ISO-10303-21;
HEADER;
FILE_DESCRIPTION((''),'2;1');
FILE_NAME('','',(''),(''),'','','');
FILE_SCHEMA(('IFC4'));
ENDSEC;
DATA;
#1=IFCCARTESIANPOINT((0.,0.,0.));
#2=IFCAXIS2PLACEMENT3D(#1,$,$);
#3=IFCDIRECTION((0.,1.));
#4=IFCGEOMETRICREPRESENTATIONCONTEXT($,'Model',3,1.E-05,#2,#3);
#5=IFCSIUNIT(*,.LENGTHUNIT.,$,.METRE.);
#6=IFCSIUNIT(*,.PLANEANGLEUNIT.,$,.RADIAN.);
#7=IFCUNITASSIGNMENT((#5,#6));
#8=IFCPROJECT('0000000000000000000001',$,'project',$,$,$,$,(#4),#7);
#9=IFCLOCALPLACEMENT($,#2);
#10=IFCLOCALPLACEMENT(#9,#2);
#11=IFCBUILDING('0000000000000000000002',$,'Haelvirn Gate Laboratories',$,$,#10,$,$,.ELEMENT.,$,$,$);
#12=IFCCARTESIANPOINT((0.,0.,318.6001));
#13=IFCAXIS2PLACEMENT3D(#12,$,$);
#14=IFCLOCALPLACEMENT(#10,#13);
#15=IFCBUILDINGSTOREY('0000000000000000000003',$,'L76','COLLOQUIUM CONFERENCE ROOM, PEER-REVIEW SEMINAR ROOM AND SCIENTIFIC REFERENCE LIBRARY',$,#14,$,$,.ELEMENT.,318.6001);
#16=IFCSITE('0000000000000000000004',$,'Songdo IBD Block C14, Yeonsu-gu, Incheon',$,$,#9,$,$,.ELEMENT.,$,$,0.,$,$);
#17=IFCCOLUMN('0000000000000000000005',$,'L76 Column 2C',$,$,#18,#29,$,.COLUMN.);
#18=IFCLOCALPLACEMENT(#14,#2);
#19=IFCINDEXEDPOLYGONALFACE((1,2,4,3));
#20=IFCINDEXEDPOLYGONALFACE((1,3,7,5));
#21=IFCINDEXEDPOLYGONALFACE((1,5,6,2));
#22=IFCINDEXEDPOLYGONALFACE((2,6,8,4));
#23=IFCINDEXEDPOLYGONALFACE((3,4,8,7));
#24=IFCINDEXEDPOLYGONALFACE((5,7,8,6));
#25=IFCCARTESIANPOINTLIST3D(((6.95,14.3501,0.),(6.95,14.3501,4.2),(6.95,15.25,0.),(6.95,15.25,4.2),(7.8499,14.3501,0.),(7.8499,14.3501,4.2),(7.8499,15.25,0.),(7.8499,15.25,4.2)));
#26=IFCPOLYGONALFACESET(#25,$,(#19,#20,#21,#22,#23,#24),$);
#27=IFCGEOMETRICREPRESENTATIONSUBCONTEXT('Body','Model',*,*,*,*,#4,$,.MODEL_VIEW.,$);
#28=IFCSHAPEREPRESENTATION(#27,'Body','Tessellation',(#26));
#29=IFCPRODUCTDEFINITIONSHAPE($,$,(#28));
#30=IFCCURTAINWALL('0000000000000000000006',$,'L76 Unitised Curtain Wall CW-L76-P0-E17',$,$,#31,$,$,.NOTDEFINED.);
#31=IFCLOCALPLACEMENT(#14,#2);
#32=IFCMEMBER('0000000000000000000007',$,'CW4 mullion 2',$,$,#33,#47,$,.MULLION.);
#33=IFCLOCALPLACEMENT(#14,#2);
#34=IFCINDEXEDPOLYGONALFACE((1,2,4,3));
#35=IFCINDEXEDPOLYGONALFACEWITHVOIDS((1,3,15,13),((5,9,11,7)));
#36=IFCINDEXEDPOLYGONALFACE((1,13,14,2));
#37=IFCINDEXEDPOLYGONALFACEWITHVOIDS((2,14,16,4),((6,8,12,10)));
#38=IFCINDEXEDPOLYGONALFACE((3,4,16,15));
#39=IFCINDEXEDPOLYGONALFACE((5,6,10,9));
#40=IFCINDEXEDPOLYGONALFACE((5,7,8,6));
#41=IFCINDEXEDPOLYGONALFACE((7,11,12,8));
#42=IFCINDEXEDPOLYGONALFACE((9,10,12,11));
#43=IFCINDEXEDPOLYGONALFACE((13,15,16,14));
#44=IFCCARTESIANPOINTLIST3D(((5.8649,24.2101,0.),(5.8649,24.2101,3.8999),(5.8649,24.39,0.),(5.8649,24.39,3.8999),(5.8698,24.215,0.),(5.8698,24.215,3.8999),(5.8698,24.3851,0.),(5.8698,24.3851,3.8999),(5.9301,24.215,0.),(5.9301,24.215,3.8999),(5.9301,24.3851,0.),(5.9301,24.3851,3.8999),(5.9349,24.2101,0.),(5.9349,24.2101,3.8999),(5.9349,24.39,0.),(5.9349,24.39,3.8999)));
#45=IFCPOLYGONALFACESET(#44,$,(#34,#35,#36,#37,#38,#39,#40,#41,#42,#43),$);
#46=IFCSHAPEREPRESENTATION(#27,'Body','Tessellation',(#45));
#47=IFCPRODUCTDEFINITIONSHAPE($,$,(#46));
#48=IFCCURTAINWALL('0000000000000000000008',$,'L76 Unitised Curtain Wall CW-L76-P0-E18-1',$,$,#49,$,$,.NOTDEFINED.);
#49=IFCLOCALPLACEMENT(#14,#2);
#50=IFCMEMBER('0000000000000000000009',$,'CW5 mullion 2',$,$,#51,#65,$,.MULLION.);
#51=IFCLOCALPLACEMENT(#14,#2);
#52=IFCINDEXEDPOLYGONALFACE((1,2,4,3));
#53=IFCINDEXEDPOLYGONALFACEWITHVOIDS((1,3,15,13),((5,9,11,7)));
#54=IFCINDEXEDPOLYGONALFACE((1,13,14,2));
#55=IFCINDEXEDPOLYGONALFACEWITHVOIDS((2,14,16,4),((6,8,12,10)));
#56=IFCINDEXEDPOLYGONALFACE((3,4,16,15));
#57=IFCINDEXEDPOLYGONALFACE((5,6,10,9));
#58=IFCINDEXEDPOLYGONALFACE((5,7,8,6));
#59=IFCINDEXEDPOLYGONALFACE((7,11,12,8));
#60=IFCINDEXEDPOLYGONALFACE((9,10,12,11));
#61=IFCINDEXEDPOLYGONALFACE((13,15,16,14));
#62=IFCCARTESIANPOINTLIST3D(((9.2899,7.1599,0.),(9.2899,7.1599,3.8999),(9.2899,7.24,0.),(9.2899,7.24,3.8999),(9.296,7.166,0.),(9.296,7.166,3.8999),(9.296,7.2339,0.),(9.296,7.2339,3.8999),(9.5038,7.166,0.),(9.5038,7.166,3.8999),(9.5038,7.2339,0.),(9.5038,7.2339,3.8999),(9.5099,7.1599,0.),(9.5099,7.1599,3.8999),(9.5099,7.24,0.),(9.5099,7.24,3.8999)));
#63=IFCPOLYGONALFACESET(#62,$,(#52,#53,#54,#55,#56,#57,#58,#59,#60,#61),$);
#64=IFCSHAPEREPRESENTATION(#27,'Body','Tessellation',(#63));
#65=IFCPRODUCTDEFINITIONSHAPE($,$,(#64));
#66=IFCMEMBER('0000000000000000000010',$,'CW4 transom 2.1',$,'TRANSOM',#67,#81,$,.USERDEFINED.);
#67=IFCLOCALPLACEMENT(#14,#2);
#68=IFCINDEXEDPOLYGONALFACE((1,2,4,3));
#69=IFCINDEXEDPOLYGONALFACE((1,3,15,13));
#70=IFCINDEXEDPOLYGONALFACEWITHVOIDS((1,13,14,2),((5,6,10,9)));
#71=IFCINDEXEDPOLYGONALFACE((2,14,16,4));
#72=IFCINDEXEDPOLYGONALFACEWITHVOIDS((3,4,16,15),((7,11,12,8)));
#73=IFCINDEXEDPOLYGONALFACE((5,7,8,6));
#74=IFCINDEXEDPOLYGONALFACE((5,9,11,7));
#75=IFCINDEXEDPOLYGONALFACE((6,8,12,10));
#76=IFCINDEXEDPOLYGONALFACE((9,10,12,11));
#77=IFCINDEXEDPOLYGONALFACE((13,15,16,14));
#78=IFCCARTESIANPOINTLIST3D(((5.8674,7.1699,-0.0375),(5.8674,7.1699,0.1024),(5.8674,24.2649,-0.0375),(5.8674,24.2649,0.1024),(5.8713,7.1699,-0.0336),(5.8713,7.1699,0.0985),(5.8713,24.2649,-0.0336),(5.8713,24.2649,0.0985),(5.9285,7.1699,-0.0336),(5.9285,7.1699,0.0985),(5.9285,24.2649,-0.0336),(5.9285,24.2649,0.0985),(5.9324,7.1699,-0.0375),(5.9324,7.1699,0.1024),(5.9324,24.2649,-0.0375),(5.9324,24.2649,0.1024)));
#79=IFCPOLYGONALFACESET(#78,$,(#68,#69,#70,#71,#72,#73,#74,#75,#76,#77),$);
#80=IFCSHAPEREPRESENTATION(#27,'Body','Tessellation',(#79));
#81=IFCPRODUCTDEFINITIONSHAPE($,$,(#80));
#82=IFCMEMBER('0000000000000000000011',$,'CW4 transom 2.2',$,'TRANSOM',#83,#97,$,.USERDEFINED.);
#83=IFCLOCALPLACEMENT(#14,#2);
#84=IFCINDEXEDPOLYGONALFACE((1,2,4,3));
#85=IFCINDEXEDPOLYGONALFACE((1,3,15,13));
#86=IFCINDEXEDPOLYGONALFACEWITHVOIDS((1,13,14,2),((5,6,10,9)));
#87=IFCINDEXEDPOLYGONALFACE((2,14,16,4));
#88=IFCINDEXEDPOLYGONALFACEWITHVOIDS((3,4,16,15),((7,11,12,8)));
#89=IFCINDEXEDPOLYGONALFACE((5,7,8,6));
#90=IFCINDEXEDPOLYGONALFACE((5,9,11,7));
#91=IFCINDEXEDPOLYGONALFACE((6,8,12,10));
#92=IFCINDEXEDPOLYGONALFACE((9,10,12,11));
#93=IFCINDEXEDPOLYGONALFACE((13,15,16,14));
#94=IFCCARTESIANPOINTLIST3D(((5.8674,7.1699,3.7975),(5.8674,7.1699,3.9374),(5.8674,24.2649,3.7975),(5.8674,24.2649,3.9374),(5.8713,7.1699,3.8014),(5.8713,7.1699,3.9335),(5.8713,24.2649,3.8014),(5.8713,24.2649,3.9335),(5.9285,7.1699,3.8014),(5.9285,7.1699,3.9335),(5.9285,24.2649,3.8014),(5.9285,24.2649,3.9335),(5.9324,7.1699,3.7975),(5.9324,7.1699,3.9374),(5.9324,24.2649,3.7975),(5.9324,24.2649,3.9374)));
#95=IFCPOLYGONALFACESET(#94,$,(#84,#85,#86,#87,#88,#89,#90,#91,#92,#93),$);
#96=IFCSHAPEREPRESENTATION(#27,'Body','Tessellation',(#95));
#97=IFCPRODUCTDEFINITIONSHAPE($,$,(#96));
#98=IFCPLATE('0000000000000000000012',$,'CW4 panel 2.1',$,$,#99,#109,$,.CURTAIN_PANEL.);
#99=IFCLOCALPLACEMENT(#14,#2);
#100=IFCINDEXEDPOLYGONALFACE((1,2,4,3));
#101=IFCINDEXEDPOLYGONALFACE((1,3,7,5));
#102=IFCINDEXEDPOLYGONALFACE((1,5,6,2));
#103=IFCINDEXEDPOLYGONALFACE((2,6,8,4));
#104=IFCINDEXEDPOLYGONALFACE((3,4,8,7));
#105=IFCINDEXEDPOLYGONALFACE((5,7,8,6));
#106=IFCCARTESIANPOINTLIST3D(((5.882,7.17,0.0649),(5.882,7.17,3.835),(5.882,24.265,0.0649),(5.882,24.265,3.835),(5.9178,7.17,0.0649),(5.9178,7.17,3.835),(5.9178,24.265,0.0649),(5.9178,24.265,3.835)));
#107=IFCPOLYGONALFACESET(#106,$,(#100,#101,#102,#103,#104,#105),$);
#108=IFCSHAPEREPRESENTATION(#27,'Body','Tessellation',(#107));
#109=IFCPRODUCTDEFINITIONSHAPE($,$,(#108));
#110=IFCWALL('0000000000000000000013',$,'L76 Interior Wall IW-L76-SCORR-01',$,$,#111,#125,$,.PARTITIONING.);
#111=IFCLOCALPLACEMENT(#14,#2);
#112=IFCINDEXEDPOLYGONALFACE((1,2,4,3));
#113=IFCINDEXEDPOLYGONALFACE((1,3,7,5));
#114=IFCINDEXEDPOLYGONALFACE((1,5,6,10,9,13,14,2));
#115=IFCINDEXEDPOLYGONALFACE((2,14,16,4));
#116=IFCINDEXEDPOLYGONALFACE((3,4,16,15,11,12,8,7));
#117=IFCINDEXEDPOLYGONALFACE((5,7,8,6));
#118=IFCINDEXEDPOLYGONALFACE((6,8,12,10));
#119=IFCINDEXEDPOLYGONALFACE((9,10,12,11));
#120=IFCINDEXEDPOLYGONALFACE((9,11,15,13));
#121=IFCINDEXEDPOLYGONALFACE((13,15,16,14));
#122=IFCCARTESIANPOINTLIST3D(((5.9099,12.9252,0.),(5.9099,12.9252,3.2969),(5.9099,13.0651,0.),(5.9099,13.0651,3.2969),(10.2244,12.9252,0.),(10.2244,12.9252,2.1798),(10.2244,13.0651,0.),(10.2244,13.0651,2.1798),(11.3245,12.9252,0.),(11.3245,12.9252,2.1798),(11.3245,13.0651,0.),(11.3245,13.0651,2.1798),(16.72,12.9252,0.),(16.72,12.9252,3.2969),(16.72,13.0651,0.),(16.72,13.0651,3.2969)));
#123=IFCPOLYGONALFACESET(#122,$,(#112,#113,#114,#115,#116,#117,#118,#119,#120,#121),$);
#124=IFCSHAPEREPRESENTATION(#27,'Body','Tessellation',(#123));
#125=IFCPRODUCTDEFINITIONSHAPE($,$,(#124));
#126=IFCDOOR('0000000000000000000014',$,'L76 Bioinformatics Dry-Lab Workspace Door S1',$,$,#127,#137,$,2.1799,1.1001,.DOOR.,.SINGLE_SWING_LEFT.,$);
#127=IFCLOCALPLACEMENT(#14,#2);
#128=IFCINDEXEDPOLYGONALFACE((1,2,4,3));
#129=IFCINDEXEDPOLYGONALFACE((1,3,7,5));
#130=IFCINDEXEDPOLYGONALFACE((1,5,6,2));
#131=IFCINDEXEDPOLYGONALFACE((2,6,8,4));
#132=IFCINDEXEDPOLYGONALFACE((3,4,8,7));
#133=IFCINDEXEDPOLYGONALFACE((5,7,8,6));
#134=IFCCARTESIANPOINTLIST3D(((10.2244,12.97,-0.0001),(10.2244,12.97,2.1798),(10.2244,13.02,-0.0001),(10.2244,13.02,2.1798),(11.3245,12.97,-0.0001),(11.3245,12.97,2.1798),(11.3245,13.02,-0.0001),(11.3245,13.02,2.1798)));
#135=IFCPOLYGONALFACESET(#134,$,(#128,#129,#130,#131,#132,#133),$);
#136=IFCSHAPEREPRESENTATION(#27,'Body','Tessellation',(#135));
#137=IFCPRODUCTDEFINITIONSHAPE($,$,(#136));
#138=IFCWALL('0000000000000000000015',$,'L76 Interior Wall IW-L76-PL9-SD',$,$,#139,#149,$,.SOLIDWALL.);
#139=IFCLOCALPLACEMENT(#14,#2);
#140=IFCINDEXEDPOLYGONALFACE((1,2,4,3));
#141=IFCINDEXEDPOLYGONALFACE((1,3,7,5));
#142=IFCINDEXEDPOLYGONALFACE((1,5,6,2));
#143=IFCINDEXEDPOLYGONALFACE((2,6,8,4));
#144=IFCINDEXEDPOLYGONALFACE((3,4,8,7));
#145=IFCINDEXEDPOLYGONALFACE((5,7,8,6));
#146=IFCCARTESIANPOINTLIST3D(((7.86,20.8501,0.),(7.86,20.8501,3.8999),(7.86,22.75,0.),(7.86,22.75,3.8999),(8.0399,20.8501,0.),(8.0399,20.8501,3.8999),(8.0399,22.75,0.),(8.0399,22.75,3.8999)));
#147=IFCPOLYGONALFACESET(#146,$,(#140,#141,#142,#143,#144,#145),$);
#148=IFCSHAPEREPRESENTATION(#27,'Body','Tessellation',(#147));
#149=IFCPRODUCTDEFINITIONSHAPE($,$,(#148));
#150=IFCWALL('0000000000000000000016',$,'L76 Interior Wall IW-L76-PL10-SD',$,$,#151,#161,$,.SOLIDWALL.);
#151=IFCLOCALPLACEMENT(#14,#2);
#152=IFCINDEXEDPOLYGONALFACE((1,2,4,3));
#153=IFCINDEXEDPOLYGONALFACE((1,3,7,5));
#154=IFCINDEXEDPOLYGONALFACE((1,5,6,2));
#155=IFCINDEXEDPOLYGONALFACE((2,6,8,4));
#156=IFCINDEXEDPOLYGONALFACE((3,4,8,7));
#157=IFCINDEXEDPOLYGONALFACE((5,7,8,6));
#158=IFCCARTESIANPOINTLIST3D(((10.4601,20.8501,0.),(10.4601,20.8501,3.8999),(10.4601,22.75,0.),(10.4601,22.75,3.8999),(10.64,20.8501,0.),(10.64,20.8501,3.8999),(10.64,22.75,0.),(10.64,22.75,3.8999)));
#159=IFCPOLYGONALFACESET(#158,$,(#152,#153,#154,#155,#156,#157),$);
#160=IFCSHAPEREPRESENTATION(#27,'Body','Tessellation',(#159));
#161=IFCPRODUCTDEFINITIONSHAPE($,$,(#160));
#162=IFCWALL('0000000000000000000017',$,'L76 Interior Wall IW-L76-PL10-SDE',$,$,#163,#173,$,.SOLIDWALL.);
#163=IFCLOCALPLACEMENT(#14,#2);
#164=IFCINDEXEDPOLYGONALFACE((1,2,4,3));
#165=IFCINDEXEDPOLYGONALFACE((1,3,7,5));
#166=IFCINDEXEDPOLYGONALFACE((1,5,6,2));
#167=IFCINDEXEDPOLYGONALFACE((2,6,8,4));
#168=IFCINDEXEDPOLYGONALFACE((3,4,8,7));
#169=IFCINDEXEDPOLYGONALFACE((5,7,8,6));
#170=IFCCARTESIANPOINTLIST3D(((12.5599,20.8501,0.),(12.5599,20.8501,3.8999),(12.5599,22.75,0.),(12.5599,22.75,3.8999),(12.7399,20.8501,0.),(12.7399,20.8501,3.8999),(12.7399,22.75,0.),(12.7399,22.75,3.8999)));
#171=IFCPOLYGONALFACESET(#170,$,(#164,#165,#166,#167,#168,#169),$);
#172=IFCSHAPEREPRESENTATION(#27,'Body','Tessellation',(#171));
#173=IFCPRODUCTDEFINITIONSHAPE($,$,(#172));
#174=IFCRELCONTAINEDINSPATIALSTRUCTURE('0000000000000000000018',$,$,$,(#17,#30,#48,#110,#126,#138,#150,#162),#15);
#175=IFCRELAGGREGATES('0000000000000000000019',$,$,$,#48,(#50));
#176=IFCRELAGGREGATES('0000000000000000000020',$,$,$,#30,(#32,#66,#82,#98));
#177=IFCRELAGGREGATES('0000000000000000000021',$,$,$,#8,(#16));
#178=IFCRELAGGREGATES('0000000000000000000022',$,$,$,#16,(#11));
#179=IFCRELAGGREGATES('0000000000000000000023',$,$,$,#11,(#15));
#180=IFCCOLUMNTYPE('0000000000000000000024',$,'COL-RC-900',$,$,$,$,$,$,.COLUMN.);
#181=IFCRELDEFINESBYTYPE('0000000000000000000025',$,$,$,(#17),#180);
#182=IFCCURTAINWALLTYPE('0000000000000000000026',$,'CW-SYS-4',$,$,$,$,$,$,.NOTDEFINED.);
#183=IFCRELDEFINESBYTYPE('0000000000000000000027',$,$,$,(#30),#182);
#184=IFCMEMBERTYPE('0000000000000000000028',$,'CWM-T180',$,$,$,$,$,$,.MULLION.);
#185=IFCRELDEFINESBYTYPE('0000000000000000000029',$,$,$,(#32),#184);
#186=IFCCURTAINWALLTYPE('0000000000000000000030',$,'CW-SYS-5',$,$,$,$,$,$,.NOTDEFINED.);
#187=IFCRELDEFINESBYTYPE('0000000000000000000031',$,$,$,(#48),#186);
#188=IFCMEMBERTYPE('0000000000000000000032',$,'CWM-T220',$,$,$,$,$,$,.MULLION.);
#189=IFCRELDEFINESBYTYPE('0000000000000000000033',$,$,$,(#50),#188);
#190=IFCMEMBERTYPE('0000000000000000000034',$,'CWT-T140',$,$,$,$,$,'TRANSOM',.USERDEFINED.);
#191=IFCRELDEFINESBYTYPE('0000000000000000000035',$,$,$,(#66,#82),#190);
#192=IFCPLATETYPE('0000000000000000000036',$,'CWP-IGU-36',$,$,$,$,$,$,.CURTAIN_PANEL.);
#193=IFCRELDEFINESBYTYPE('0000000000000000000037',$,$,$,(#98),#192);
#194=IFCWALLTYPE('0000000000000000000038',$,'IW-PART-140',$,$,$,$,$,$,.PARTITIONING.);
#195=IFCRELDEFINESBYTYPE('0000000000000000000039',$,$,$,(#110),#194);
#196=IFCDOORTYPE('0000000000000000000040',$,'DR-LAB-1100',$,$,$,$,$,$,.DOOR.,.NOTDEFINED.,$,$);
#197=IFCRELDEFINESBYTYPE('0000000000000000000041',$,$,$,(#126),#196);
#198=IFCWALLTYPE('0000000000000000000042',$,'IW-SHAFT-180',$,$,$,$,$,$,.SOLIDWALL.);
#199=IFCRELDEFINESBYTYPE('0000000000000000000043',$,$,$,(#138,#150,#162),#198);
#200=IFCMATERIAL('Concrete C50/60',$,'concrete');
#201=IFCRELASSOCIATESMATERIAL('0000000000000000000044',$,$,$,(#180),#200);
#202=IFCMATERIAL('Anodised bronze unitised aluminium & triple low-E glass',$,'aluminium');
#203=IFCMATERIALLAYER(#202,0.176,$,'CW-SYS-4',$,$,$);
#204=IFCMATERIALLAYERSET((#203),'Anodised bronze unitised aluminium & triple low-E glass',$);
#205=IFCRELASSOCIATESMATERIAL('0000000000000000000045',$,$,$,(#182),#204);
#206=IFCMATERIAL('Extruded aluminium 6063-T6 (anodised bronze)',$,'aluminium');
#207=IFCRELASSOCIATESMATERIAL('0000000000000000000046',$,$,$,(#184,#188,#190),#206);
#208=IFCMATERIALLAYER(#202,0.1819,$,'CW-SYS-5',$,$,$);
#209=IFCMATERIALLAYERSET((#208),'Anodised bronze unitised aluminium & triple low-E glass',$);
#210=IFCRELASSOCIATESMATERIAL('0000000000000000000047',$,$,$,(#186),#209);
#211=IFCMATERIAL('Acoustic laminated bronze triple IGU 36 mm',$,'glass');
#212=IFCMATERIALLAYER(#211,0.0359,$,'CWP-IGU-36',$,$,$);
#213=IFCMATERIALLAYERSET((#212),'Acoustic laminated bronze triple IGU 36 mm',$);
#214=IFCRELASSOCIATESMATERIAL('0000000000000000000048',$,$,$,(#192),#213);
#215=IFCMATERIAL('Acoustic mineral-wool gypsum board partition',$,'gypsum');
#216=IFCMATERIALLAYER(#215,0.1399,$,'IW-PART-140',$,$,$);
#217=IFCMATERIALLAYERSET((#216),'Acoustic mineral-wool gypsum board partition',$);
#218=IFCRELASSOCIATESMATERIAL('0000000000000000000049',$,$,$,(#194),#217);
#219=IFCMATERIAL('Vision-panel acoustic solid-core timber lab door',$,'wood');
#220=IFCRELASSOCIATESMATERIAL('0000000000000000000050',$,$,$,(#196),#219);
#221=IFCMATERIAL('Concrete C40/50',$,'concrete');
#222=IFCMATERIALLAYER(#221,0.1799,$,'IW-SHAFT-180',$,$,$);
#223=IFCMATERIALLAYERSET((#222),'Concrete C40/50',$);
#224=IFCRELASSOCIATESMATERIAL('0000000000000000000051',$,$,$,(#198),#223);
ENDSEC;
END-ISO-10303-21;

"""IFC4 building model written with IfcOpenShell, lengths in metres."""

from ifc_helpers import new_model, si_unit, direction, frame, frame_2d, origin, origin_2d, place, context, subcontext, project, spatial, rectangle, hollow_rectangle, extrude, source, transform, mapped, material, layer, layer_set, material_profile, profile_set, type_object, type_shapes, element, fill, aggregate, save


model = new_model("IFC4")

# Units and contexts
model_context = context("Model", 3, precision=1e-05, world=origin(), true_north=direction((0.0, 1.0)))
body_context = subcontext(model_context, "Body", "Model", "MODEL_VIEW")
ifc_project = project(units=[si_unit("LENGTHUNIT", "METRE"), si_unit("PLANEANGLEUNIT", "RADIAN")], contexts=[model_context])

# Site, building, storey
site_placement = place(None, origin())
site = spatial("IfcSite", under=ifc_project, at=site_placement, Name="Songdo IBD Block C14, Yeonsu-gu, Incheon", CompositionType="ELEMENT", RefElevation=0.0)
building_placement = place(site_placement, origin())
building = spatial("IfcBuilding", under=site, at=building_placement, Name="Haelvirn Gate Laboratories", CompositionType="ELEMENT")
storey_placement = place(building_placement, frame((0.0, 0.0, 318.6001)))
storey = spatial("IfcBuildingStorey", under=building, at=storey_placement, Name="L76", Description="COLLOQUIUM CONFERENCE ROOM, PEER-REVIEW SEMINAR ROOM AND SCIENTIFIC REFERENCE LIBRARY", CompositionType="ELEMENT", Elevation=318.6001)

# Column
ifc_material_1 = material(Name="Concrete C50/60", Category="concrete")
ifc_material_profile_1 = material_profile(ifc_material_1, rectangle(XDim=0.8999, YDim=0.8999, at=origin_2d()), Name="RC-900x900")
ifc_profile_set_1 = profile_set([ifc_material_profile_1], Name="Concrete C50/60")
column_type = type_object("IfcColumnType", Name="COL-RC-900", PredefinedType="COLUMN", material=ifc_profile_set_1)
shared_shape_1 = source(origin(), body_context, "Body", "SweptSolid", [
    extrude(rectangle(XDim=0.8999, YDim=0.8999, at=origin_2d()), origin(), (0.0, 0.0, 1.0), 4.2),
])
type_shapes(column_type, [shared_shape_1])
column_placement = place(storey_placement, frame((7.3999, 14.8, 0.0), z_axis=(0.0, 0.0, 1.0), x_axis=(1.0, 0.0, 0.0)))
element("IfcColumn", 1, at=column_placement, inside=storey, type_object=column_type, Name="L76 Column 2C", PredefinedType="COLUMN", context=body_context, shape_type="MappedRepresentation", body=[
    mapped(shared_shape_1, transform((0.0, 0.0, 0.0), scale=1.0)),
])

# Curtain walls, members
ifc_material_2 = material(Name="Anodised bronze unitised aluminium & triple low-E glass", Category="aluminium")
ifc_layer_1 = layer(ifc_material_2, 0.176, Name="CW-SYS-4")
ifc_layer_set_1 = layer_set([ifc_layer_1], Name="Anodised bronze unitised aluminium & triple low-E glass")
curtain_wall_type_1 = type_object("IfcCurtainWallType", Name="CW-SYS-4", PredefinedType="NOTDEFINED", material=ifc_layer_set_1)
curtain_wall_1_placement = place(storey_placement, origin())
curtain_wall_1 = element("IfcCurtainWall", 2, at=curtain_wall_1_placement, inside=storey, type_object=curtain_wall_type_1, Name="L76 Unitised Curtain Wall CW-L76-P0-E17", PredefinedType="NOTDEFINED")
ifc_material_3 = material(Name="Extruded aluminium 6063-T6 (anodised bronze)", Category="aluminium")
ifc_material_profile_2 = material_profile(ifc_material_3, hollow_rectangle(XDim=0.0701, YDim=0.1799, WallThickness=0.0049, at=origin_2d()), Name="CWM-180x70x5")
ifc_profile_set_2 = profile_set([ifc_material_profile_2], Name="Extruded aluminium 6063-T6 (anodised bronze)")
member_type_1 = type_object("IfcMemberType", Name="CWM-T180", PredefinedType="MULLION", material=ifc_profile_set_2)
shared_shape_2 = source(origin(), body_context, "Body", "SweptSolid", [
    extrude(hollow_rectangle(XDim=0.0701, YDim=0.1799, WallThickness=0.0049, at=origin_2d()), origin(), (0.0, 0.0, 1.0), 3.8999),
])
type_shapes(member_type_1, [shared_shape_2])
member_1_placement = place(storey_placement, frame((5.8999, 24.3, 0.0), z_axis=(0.0, 0.0, 1.0), x_axis=(1.0, 0.0, 0.0)))
member_1 = element("IfcMember", 3, at=member_1_placement, type_object=member_type_1, Name="CW4 mullion 2", PredefinedType="MULLION", context=body_context, shape_type="MappedRepresentation", body=[
    mapped(shared_shape_2, transform((0.0, 0.0, 0.0), scale=1.0)),
])
ifc_layer_2 = layer(ifc_material_2, 0.1819, Name="CW-SYS-5")
ifc_layer_set_2 = layer_set([ifc_layer_2], Name="Anodised bronze unitised aluminium & triple low-E glass")
curtain_wall_type_2 = type_object("IfcCurtainWallType", Name="CW-SYS-5", PredefinedType="NOTDEFINED", material=ifc_layer_set_2)
curtain_wall_2_placement = place(storey_placement, origin())
curtain_wall_2 = element("IfcCurtainWall", 4, at=curtain_wall_2_placement, inside=storey, type_object=curtain_wall_type_2, Name="L76 Unitised Curtain Wall CW-L76-P0-E18-1", PredefinedType="NOTDEFINED")
ifc_material_profile_3 = material_profile(ifc_material_3, hollow_rectangle(XDim=0.0801, YDim=0.22, WallThickness=0.0061, at=origin_2d()), Name="CWM-220x80x6")
ifc_profile_set_3 = profile_set([ifc_material_profile_3], Name="Extruded aluminium 6063-T6 (anodised bronze)")
member_type_2 = type_object("IfcMemberType", Name="CWM-T220", PredefinedType="MULLION", material=ifc_profile_set_3)
shared_shape_3 = source(origin(), body_context, "Body", "SweptSolid", [
    extrude(hollow_rectangle(XDim=0.0801, YDim=0.22, WallThickness=0.0061, at=origin_2d()), origin(), (0.0, 0.0, 1.0), 3.8999),
])
type_shapes(member_type_2, [shared_shape_3])
member_2_placement = place(storey_placement, frame((9.3999, 7.2, 0.0), z_axis=(0.0, 0.0, 1.0), x_axis=(0.0, 1.0, 0.0)))
member_2 = element("IfcMember", 5, at=member_2_placement, type_object=member_type_2, Name="CW5 mullion 2", PredefinedType="MULLION", context=body_context, shape_type="MappedRepresentation", body=[
    mapped(shared_shape_3, transform((0.0, 0.0, 0.0), scale=1.0)),
])
aggregate(curtain_wall_2, [member_2])

# Members
ifc_material_profile_4 = material_profile(ifc_material_3, hollow_rectangle(XDim=0.0649, YDim=0.1399, WallThickness=0.0039, at=origin_2d()), Name="CWT-140x65x4")
ifc_profile_set_4 = profile_set([ifc_material_profile_4], Name="Extruded aluminium 6063-T6 (anodised bronze)")
member_type_3 = type_object("IfcMemberType", Name="CWT-T140", ElementType="TRANSOM", PredefinedType="USERDEFINED", material=ifc_profile_set_4)
shared_shape_4 = source(origin(), body_context, "Body", "SweptSolid", [
    extrude(hollow_rectangle(XDim=0.0649, YDim=0.1399, WallThickness=0.0039, at=origin_2d()), origin(), (0.0, 0.0, 1.0), 17.095),
])
type_shapes(member_type_3, [shared_shape_4])
member_3_placement = place(storey_placement, frame((5.8999, 24.2649, 0.0325), z_axis=(0.0, -1.0, 0.0), x_axis=(1.0, 0.0, 0.0)))
member_3 = element("IfcMember", 6, at=member_3_placement, type_object=member_type_3, Name="CW4 transom 2.1", ObjectType="TRANSOM", PredefinedType="USERDEFINED", context=body_context, shape_type="MappedRepresentation", body=[
    mapped(shared_shape_4, transform((0.0, 0.0, 0.0), scale=1.0)),
])
member_4_placement = place(storey_placement, frame((5.8999, 24.2649, 3.8674), z_axis=(0.0, -1.0, 0.0), x_axis=(1.0, 0.0, 0.0)))
member_4 = element("IfcMember", 7, at=member_4_placement, type_object=member_type_3, Name="CW4 transom 2.2", ObjectType="TRANSOM", PredefinedType="USERDEFINED", context=body_context, shape_type="MappedRepresentation", body=[
    mapped(shared_shape_4, transform((0.0, 0.0, 0.0), scale=1.0)),
])

# Plate
ifc_material_4 = material(Name="Acoustic laminated bronze triple IGU 36 mm", Category="glass")
ifc_layer_3 = layer(ifc_material_4, 0.0359, Name="CWP-IGU-36")
ifc_layer_set_3 = layer_set([ifc_layer_3], Name="Acoustic laminated bronze triple IGU 36 mm")
plate_type = type_object("IfcPlateType", Name="CWP-IGU-36", PredefinedType="CURTAIN_PANEL", material=ifc_layer_set_3)
shared_shape_5 = source(origin(), body_context, "Body", "SweptSolid", [
    extrude(rectangle(XDim=17.095, YDim=0.0359, at=origin_2d()), origin(), (0.0, 0.0, 1.0), 3.77),
])
type_shapes(plate_type, [shared_shape_5])
plate_placement = place(storey_placement, frame((5.8999, 15.7175, 0.0649), z_axis=(0.0, 0.0, 1.0), x_axis=(0.0, -1.0, 0.0)))
plate = element("IfcPlate", 8, at=plate_placement, type_object=plate_type, Name="CW4 panel 2.1", PredefinedType="CURTAIN_PANEL", context=body_context, shape_type="MappedRepresentation", body=[
    mapped(shared_shape_5, transform((0.0, 0.0, 0.0), scale=1.0)),
])
aggregate(curtain_wall_1, [member_1, member_3, member_4, plate])

# Wall, opening, door
ifc_material_5 = material(Name="Acoustic mineral-wool gypsum board partition", Category="gypsum")
ifc_layer_4 = layer(ifc_material_5, 0.1399, Name="IW-PART-140")
ifc_layer_set_4 = layer_set([ifc_layer_4], Name="Acoustic mineral-wool gypsum board partition")
wall_type_1 = type_object("IfcWallType", Name="IW-PART-140", PredefinedType="PARTITIONING", material=ifc_layer_set_4)
wall_1_placement = place(storey_placement, frame((5.9099, 12.9951, 0.0), z_axis=(0.0, 0.0, 1.0), x_axis=(1.0, 0.0, 0.0)))
wall_1 = element("IfcWall", 9, at=wall_1_placement, inside=storey, type_object=wall_type_1, Name="L76 Interior Wall IW-L76-SCORR-01", PredefinedType="PARTITIONING", context=body_context, shape_type="SweptSolid", body=[
    extrude(rectangle(XDim=10.8101, YDim=0.1399, at=frame_2d((5.405, 0.0))), origin(), (0.0, 0.0, 1.0), 3.2969),
])
opening_1_placement = place(wall_1_placement, frame((4.3145, 0.0, 0.0)))
opening_1 = element("IfcOpeningElement", 10, at=opening_1_placement, cuts=wall_1, PredefinedType="OPENING", context=body_context, shape_type="SweptSolid", body=[
    extrude(rectangle(XDim=1.1001, YDim=2.1799, at=frame_2d((0.55, 1.0898))), frame((0.0, 0.0801, 0.0), z_axis=(0.0, -1.0, 0.0), x_axis=(1.0, 0.0, 0.0)), (0.0, 0.0, 1.0), 0.1599),
])
ifc_material_6 = material(Name="Vision-panel acoustic solid-core timber lab door", Category="wood")
door_type_1 = type_object("IfcDoorType", Name="DR-LAB-1100", OperationType="NOTDEFINED", PredefinedType="DOOR", material=ifc_material_6)
shared_shape_6 = source(origin(), body_context, "Body", "SweptSolid", [
    extrude(rectangle(XDim=1.1001, YDim=2.1799, at=frame_2d((0.55, 1.0898))), frame((0.0, 0.0249, 0.0), z_axis=(0.0, -1.0, 0.0), x_axis=(1.0, 0.0, 0.0)), (0.0, 0.0, 1.0), 0.05),
])
type_shapes(door_type_1, [shared_shape_6])
door_1_placement = place(opening_1_placement, origin())
door_1 = element("IfcDoor", 11, at=door_1_placement, inside=storey, type_object=door_type_1, Name="L76 Bioinformatics Dry-Lab Workspace Door S1", OperationType="SINGLE_SWING_LEFT", OverallHeight=2.1799, OverallWidth=1.1001, PredefinedType="DOOR", context=body_context, shape_type="MappedRepresentation", body=[
    mapped(shared_shape_6, transform((0.0, 0.0, 0.0), scale=1.0)),
])
fill(opening_1, door_1)

# Walls
ifc_material_7 = material(Name="Concrete C40/50", Category="concrete")
ifc_layer_5 = layer(ifc_material_7, 0.1799, Name="IW-SHAFT-180")
ifc_layer_set_5 = layer_set([ifc_layer_5], Name="Concrete C40/50")
wall_type_2 = type_object("IfcWallType", Name="IW-SHAFT-180", PredefinedType="SOLIDWALL", material=ifc_layer_set_5)
for number, where, z_axis, x_axis, name in (
    (12, (7.95, 20.8501, 0.0), (0.0, 0.0, 1.0), (0.0, 1.0, 0.0), "L76 Interior Wall IW-L76-PL9-SD"),
    (13, (10.55, 20.8501, 0.0), (0.0, 0.0, 1.0), (0.0, 1.0, 0.0), "L76 Interior Wall IW-L76-PL10-SD"),
    (14, (12.6499, 20.8501, 0.0), (0.0, 0.0, 1.0), (0.0, 1.0, 0.0), "L76 Interior Wall IW-L76-PL10-SDE"),
):
    element("IfcWall", number, at=place(storey_placement, frame(where, z_axis=z_axis, x_axis=x_axis)), inside=storey, type_object=wall_type_2, Name=name, PredefinedType="SOLIDWALL", context=body_context, shape_type="SweptSolid", body=[
        extrude(rectangle(XDim=1.8999, YDim=0.1799, at=frame_2d((0.95, 0.0))), origin(), (0.0, 0.0, 1.0), 3.8999),
    ])

save(model, "model.ifc")
